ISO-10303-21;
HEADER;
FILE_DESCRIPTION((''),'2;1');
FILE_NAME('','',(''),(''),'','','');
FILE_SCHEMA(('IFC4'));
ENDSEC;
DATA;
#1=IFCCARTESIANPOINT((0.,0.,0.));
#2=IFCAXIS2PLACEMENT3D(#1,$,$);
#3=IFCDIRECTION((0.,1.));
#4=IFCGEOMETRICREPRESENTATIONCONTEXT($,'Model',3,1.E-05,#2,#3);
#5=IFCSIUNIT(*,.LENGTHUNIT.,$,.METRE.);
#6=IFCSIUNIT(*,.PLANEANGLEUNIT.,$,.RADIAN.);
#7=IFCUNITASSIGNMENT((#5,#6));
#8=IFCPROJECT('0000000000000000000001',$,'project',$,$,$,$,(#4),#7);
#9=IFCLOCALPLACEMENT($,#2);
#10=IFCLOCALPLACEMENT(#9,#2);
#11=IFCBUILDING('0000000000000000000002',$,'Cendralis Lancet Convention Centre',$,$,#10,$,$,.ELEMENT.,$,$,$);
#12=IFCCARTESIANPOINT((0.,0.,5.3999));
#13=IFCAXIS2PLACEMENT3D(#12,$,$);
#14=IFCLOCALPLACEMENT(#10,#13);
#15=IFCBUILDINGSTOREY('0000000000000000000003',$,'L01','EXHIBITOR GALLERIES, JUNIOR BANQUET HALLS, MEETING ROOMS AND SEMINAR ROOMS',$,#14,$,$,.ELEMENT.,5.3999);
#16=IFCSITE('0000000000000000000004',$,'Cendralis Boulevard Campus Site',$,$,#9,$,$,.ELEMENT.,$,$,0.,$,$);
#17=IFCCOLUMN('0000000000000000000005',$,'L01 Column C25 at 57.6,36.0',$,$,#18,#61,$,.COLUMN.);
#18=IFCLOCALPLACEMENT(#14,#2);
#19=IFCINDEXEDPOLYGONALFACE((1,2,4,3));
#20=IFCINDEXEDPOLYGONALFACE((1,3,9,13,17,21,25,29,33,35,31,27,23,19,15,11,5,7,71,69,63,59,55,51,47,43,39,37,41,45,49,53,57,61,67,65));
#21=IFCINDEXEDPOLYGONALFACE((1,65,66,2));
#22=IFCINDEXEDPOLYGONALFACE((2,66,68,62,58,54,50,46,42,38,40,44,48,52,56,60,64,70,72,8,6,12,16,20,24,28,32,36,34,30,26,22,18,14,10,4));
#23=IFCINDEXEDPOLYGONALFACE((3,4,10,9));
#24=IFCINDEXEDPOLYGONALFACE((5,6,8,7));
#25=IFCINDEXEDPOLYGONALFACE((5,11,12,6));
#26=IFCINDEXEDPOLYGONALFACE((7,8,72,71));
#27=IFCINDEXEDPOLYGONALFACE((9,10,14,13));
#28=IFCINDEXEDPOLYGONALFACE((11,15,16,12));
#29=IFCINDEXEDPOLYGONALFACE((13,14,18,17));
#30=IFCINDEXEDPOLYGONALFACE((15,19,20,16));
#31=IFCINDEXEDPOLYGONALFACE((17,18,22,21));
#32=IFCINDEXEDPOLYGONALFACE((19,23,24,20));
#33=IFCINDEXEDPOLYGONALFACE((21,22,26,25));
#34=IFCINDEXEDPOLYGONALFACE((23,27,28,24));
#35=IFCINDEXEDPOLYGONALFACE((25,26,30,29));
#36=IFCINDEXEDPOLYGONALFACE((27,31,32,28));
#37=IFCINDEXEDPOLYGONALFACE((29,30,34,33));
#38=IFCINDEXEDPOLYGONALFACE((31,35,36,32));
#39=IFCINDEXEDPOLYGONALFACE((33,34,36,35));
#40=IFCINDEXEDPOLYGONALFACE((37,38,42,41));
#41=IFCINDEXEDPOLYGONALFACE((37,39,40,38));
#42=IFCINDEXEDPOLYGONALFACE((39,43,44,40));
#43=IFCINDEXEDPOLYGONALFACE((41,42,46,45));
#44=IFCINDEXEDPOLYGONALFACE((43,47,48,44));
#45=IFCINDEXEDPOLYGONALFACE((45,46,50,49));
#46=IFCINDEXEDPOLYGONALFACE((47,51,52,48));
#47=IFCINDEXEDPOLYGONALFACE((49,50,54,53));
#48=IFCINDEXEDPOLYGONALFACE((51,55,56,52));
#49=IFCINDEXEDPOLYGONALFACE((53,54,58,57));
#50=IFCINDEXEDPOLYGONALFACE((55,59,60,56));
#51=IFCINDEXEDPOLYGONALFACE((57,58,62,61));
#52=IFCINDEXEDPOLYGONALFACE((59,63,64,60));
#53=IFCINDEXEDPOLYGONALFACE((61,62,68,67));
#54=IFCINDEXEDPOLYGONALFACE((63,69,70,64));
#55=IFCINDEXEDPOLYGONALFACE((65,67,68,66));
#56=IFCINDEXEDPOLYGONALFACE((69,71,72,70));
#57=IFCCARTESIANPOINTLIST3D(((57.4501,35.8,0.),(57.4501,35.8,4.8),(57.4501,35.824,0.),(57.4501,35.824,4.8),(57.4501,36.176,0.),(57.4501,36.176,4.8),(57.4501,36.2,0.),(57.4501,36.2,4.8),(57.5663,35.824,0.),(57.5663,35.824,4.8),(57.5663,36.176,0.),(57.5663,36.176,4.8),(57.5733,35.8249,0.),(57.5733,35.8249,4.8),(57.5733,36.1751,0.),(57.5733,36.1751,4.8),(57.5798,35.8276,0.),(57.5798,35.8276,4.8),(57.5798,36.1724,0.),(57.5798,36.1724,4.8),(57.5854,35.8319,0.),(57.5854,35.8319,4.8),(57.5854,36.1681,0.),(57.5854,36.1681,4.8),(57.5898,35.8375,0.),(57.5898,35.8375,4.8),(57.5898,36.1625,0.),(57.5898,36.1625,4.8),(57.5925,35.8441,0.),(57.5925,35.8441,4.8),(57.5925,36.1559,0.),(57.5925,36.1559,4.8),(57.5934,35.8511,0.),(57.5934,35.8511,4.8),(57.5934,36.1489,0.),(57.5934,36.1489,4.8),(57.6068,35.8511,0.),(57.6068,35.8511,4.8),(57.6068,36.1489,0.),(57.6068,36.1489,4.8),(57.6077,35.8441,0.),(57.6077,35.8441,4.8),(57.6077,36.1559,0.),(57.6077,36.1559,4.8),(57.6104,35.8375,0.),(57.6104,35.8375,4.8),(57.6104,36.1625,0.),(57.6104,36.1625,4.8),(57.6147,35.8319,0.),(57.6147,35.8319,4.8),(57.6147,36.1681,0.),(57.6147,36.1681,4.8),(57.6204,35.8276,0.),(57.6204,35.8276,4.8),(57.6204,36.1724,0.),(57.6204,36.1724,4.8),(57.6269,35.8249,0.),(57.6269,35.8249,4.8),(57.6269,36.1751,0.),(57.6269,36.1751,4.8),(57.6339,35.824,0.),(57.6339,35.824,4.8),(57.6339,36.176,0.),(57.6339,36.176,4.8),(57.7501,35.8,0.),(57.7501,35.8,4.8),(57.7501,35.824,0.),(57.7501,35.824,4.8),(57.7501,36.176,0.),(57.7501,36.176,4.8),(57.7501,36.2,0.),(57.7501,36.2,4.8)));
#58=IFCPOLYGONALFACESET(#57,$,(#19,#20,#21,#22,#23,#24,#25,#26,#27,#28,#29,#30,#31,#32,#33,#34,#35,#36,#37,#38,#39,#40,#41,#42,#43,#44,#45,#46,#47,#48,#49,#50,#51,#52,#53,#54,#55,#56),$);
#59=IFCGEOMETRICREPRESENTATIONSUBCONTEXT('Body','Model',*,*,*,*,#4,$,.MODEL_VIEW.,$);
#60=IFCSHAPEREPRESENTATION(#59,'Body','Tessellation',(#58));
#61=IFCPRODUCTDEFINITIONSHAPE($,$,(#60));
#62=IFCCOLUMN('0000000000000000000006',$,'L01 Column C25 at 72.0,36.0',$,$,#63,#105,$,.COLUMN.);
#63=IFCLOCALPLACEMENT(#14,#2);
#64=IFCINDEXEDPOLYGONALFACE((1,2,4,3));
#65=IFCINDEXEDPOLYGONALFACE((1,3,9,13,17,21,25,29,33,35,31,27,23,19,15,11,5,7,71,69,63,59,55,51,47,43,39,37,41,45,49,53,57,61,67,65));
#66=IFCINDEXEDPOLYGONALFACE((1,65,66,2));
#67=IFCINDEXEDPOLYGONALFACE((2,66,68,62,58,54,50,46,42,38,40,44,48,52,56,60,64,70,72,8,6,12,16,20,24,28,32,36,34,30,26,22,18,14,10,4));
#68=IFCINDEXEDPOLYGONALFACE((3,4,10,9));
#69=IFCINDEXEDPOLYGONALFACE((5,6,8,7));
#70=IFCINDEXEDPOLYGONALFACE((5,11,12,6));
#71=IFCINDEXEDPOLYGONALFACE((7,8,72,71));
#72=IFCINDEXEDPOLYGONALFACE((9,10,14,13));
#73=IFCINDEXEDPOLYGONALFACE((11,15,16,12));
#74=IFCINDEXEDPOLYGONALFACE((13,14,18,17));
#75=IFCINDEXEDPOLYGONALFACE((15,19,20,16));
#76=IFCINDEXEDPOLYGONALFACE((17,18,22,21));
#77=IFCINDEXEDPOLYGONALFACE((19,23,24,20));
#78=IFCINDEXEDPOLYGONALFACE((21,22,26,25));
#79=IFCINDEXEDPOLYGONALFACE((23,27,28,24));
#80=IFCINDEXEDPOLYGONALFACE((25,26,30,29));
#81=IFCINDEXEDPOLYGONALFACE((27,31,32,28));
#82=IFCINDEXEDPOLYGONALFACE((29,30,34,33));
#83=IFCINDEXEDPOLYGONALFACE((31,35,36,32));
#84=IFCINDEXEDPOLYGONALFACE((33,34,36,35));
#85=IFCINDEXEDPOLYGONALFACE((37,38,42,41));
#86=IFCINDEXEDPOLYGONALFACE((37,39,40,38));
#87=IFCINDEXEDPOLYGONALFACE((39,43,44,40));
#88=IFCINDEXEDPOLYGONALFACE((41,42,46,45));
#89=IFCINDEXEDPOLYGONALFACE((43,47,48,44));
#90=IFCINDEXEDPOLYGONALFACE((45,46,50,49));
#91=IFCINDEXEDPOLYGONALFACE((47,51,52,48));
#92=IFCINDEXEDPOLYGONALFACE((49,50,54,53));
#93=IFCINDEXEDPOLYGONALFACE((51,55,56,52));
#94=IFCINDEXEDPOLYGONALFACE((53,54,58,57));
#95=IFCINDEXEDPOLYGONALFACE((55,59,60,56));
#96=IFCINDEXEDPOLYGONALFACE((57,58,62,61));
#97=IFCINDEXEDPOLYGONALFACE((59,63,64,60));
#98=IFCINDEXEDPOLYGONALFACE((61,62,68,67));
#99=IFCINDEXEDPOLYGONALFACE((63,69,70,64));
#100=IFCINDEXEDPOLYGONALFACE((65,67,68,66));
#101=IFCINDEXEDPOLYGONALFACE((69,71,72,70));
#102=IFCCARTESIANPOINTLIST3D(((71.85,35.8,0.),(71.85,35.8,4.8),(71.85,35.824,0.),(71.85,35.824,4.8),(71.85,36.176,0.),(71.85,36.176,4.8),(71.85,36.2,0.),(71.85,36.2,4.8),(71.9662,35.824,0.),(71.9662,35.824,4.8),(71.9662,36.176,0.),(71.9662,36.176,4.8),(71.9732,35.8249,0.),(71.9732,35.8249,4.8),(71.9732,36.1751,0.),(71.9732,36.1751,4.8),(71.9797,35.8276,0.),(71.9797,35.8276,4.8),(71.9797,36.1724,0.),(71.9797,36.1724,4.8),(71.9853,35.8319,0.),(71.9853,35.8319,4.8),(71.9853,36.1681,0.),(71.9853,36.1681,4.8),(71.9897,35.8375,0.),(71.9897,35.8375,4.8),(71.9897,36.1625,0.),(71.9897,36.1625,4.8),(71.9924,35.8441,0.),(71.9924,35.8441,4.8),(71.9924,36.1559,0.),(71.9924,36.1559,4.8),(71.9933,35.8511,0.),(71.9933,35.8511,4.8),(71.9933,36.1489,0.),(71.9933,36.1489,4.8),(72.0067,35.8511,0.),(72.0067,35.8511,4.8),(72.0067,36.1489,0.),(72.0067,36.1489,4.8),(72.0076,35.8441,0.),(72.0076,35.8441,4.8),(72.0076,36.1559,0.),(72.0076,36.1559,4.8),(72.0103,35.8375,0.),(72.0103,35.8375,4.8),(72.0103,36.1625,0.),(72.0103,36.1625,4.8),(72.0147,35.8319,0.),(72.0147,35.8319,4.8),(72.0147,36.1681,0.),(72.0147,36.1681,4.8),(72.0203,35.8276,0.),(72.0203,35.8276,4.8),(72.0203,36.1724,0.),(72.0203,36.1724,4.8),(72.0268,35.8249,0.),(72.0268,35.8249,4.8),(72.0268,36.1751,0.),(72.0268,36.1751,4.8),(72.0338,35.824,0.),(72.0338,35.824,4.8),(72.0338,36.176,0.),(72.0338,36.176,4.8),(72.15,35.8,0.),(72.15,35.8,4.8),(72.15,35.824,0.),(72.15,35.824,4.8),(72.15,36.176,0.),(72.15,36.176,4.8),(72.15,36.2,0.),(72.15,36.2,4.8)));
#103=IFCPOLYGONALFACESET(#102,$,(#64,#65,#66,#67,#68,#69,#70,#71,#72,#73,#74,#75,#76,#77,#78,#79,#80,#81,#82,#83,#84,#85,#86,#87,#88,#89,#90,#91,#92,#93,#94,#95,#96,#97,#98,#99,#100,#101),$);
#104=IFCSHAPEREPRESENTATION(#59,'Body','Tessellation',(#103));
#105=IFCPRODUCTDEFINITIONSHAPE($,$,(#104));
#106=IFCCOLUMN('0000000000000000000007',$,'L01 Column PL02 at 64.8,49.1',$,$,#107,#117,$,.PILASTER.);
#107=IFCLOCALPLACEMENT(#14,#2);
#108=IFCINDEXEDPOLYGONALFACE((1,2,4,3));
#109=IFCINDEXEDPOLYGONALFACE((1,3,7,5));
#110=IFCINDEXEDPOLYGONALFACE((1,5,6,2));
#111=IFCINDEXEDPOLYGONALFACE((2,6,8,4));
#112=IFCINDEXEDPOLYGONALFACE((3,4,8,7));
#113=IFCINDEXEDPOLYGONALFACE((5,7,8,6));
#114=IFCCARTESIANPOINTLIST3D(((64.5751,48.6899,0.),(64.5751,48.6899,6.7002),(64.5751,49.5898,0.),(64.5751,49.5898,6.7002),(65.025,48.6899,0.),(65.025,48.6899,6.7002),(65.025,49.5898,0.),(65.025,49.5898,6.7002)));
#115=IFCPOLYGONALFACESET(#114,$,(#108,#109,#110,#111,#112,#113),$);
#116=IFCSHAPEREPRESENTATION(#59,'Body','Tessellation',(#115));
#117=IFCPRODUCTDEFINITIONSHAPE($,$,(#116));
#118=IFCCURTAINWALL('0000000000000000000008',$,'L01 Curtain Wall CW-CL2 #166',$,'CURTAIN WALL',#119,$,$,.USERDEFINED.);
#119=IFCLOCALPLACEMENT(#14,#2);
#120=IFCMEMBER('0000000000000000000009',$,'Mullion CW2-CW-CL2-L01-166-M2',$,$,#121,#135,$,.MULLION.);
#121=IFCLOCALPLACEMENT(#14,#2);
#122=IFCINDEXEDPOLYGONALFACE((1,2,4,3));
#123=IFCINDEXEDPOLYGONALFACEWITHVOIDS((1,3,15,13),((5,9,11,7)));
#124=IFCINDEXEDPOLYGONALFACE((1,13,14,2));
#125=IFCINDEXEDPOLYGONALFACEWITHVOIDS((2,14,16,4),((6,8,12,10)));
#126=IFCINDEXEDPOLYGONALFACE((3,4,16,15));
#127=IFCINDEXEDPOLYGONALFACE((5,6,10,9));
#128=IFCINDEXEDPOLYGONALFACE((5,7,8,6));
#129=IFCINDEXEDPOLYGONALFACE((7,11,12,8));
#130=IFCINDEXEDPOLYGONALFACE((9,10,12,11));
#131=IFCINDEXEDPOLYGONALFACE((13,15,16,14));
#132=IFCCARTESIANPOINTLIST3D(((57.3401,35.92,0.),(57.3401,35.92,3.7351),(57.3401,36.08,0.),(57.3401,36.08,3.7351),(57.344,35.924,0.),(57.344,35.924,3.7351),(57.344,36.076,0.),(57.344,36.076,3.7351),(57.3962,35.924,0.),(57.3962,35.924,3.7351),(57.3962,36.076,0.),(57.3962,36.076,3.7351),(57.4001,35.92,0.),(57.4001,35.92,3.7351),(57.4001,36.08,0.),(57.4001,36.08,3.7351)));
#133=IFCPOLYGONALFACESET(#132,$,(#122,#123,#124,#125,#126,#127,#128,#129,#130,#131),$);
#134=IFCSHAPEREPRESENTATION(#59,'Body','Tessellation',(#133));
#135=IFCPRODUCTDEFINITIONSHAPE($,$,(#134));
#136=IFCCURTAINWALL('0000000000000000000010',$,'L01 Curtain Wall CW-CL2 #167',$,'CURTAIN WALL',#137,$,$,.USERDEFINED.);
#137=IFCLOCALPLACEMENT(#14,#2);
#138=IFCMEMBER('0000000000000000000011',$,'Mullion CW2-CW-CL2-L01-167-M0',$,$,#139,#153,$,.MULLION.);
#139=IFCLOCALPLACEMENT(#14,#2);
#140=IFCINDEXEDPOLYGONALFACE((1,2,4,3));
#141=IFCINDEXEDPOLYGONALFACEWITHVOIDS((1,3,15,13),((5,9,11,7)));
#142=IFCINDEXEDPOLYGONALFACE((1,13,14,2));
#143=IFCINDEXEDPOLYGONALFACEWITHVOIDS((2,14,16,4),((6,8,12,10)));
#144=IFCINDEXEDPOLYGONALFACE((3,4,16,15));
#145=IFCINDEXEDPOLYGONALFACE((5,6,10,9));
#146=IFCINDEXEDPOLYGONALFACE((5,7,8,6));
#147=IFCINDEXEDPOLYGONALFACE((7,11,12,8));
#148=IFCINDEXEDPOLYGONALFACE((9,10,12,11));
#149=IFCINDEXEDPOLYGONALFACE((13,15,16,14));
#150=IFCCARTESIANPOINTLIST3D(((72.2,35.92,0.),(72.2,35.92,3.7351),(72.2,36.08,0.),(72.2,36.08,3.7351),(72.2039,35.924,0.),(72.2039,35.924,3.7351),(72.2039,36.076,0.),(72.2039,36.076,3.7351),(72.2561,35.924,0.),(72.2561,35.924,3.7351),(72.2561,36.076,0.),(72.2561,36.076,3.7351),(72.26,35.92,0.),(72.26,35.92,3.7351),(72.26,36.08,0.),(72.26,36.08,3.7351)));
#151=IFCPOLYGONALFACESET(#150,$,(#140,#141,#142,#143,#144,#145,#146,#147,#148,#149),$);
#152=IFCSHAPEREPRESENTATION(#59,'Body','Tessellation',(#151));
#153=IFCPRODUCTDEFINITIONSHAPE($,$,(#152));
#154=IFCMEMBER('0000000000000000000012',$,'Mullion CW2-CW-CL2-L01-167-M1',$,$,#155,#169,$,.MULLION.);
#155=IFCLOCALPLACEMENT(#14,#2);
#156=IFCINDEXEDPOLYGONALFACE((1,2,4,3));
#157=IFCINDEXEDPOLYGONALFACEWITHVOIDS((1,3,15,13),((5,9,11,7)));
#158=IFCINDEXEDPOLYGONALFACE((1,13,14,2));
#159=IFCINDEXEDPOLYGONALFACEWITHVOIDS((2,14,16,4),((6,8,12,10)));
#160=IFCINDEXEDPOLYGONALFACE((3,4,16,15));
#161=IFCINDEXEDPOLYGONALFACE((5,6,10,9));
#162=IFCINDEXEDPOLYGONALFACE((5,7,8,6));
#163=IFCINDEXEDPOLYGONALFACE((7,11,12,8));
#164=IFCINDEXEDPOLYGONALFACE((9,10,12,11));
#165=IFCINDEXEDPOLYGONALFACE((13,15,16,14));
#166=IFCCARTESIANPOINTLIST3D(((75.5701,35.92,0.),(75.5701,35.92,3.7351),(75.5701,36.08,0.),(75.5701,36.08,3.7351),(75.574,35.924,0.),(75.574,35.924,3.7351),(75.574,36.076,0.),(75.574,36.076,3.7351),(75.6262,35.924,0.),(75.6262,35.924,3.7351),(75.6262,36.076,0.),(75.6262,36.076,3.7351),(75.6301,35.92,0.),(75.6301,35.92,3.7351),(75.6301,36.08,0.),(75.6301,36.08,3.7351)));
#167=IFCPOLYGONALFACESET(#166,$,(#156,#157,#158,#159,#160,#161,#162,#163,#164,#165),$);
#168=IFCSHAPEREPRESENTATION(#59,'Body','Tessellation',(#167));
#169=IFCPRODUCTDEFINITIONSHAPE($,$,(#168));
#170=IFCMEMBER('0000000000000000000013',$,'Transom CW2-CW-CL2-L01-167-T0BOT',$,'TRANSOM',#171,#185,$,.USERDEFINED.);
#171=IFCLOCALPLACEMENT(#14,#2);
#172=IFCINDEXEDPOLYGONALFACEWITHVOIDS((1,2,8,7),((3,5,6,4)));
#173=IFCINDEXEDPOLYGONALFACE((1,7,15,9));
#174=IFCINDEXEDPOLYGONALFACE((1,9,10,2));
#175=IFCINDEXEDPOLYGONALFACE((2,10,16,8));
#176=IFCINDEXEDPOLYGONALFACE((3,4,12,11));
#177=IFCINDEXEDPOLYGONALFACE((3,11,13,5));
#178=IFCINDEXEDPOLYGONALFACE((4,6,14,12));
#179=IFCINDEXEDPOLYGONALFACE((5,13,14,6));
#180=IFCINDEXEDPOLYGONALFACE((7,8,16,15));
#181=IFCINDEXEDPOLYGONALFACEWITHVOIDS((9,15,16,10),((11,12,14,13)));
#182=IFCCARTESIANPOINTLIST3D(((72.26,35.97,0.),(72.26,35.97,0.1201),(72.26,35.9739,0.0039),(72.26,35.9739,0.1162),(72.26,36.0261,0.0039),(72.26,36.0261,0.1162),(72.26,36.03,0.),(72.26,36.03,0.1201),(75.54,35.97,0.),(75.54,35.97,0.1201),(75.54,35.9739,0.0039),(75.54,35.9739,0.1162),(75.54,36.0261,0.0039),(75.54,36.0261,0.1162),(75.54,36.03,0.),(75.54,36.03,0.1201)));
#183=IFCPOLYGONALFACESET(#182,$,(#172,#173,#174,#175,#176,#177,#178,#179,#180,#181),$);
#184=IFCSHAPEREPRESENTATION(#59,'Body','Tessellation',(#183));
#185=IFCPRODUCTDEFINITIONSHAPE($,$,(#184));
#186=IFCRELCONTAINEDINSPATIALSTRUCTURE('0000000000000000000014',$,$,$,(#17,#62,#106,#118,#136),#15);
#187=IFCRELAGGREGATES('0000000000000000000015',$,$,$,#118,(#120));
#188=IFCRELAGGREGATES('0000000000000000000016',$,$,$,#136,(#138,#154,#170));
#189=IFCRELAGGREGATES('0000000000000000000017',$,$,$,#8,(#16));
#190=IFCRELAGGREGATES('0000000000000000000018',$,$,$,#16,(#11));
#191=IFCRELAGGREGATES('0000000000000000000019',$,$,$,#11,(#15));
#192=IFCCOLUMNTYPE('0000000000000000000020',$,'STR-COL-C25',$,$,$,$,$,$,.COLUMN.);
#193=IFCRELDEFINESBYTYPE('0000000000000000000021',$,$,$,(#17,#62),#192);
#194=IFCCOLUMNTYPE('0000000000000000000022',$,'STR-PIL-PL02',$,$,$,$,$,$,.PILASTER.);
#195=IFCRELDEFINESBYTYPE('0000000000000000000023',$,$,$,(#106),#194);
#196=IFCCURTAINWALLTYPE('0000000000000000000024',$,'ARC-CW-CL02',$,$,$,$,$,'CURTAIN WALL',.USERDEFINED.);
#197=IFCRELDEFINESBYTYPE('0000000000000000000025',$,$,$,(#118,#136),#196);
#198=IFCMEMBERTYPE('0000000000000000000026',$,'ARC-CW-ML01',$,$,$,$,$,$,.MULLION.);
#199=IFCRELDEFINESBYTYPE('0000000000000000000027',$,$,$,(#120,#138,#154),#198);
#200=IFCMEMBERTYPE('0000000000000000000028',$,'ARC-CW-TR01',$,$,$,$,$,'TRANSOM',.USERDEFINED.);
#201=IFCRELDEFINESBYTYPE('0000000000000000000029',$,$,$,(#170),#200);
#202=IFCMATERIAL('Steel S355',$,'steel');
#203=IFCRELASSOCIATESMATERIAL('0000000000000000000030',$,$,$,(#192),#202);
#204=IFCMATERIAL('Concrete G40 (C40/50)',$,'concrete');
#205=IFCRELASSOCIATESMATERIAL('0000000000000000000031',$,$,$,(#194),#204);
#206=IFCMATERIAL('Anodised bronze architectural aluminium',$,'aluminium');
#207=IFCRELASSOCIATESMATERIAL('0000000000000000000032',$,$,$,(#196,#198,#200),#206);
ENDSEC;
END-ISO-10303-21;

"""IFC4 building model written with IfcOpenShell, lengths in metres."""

from ifc_helpers import new_model, si_unit, direction, frame, origin, origin_2d, place, context, subcontext, project, spatial, rectangle, hollow_rectangle, i_section, extrude, material, material_profile, profile_set, type_object, element, aggregate, save


model = new_model("IFC4")

# Units and contexts
model_context = context("Model", 3, precision=1e-05, world=origin(), true_north=direction((0.0, 1.0)))
body_context = subcontext(model_context, "Body", "Model", "MODEL_VIEW")
ifc_project = project(units=[si_unit("LENGTHUNIT", "METRE"), si_unit("PLANEANGLEUNIT", "RADIAN")], contexts=[model_context])

# Site, building, storey
site_placement = place(None, origin())
site = spatial("IfcSite", under=ifc_project, at=site_placement, Name="Cendralis Boulevard Campus Site", CompositionType="ELEMENT", RefElevation=0.0)
building_placement = place(site_placement, origin())
building = spatial("IfcBuilding", under=site, at=building_placement, Name="Cendralis Lancet Convention Centre", CompositionType="ELEMENT")
storey_placement = place(building_placement, frame((0.0, 0.0, 5.3999)))
storey = spatial("IfcBuildingStorey", under=building, at=storey_placement, Name="L01", Description="EXHIBITOR GALLERIES, JUNIOR BANQUET HALLS, MEETING ROOMS AND SEMINAR ROOMS", CompositionType="ELEMENT", Elevation=5.3999)

# Columns
ifc_material_1 = material(Name="Steel S355", Category="steel")
ifc_material_profile_1 = material_profile(ifc_material_1, i_section(OverallWidth=0.3, OverallDepth=0.3999, WebThickness=0.0134, FlangeThickness=0.0239, FilletRadius=0.0271, at=origin_2d()), Name="HEB 400")
ifc_profile_set_1 = profile_set([ifc_material_profile_1], Name="Steel S355")
column_type_1 = type_object("IfcColumnType", Name="STR-COL-C25", PredefinedType="COLUMN", material=ifc_profile_set_1)
for number, where, z_axis, x_axis, name in (
    (1, (57.6001, 36.0, 0.0), (0.0, 0.0, 1.0), (1.0, 0.0, 0.0), "L01 Column C25 at 57.6,36.0"),
    (2, (72.0, 36.0, 0.0), (0.0, 0.0, 1.0), (1.0, 0.0, 0.0), "L01 Column C25 at 72.0,36.0"),
):
    element("IfcColumn", number, at=place(storey_placement, frame(where, z_axis=z_axis, x_axis=x_axis)), inside=storey, type_object=column_type_1, Name=name, PredefinedType="COLUMN", context=body_context, shape_type="SweptSolid", body=[
        extrude(i_section(OverallWidth=0.3, OverallDepth=0.3999, WebThickness=0.0134, FlangeThickness=0.0239, FilletRadius=0.0271, at=origin_2d()), origin(), (0.0, 0.0, 1.0), 4.8),
    ])
ifc_material_2 = material(Name="Concrete G40 (C40/50)", Category="concrete")
ifc_material_profile_2 = material_profile(ifc_material_2, rectangle(XDim=0.45, YDim=0.8999, at=origin_2d()), Name="RC 450x900")
ifc_profile_set_2 = profile_set([ifc_material_profile_2], Name="Concrete G40 (C40/50)")
column_type_2 = type_object("IfcColumnType", Name="STR-PIL-PL02", PredefinedType="PILASTER", material=ifc_profile_set_2)
column_placement = place(storey_placement, frame((64.8, 49.1399, 0.0), z_axis=(0.0, 0.0, 1.0), x_axis=(1.0, 0.0, 0.0)))
element("IfcColumn", 3, at=column_placement, inside=storey, type_object=column_type_2, Name="L01 Column PL02 at 64.8,49.1", PredefinedType="PILASTER", context=body_context, shape_type="SweptSolid", body=[
    extrude(rectangle(XDim=0.45, YDim=0.8999, at=origin_2d()), origin(), (0.0, 0.0, 1.0), 6.7002),
])

# Curtain wall, member
ifc_material_3 = material(Name="Anodised bronze architectural aluminium", Category="aluminium")
curtain_wall_type = type_object("IfcCurtainWallType", Name="ARC-CW-CL02", ElementType="CURTAIN WALL", PredefinedType="USERDEFINED", material=ifc_material_3)
curtain_wall_1_placement = place(storey_placement, origin())
curtain_wall_1 = element("IfcCurtainWall", 4, at=curtain_wall_1_placement, inside=storey, type_object=curtain_wall_type, Name="L01 Curtain Wall CW-CL2 #166", ObjectType="CURTAIN WALL", PredefinedType="USERDEFINED")
ifc_material_profile_3 = material_profile(ifc_material_3, hollow_rectangle(XDim=0.0601, YDim=0.1599, WallThickness=0.0039, at=origin_2d()), Name="AL-MULL 60x160x4.0")
ifc_profile_set_3 = profile_set([ifc_material_profile_3], Name="Anodised bronze architectural aluminium")
member_type_1 = type_object("IfcMemberType", Name="ARC-CW-ML01", PredefinedType="MULLION", material=ifc_profile_set_3)
member_1_placement = place(storey_placement, frame((57.3701, 36.0, 0.0), z_axis=(0.0, 0.0, 1.0), x_axis=(1.0, 0.0, 0.0)))
member_1 = element("IfcMember", 5, at=member_1_placement, type_object=member_type_1, Name="Mullion CW2-CW-CL2-L01-166-M2", PredefinedType="MULLION", context=body_context, shape_type="SweptSolid", body=[
    extrude(hollow_rectangle(XDim=0.0601, YDim=0.1599, WallThickness=0.0039, at=origin_2d()), origin(), (0.0, 0.0, 1.0), 3.7351),
])

# Curtain wall, members
curtain_wall_2_placement = place(storey_placement, origin())
curtain_wall_2 = element("IfcCurtainWall", 6, at=curtain_wall_2_placement, inside=storey, type_object=curtain_wall_type, Name="L01 Curtain Wall CW-CL2 #167", ObjectType="CURTAIN WALL", PredefinedType="USERDEFINED")
member_2_placement = place(storey_placement, frame((72.23, 36.0, 0.0), z_axis=(0.0, 0.0, 1.0), x_axis=(1.0, 0.0, 0.0)))
member_2 = element("IfcMember", 7, at=member_2_placement, type_object=member_type_1, Name="Mullion CW2-CW-CL2-L01-167-M0", PredefinedType="MULLION", context=body_context, shape_type="SweptSolid", body=[
    extrude(hollow_rectangle(XDim=0.0601, YDim=0.1599, WallThickness=0.0039, at=origin_2d()), origin(), (0.0, 0.0, 1.0), 3.7351),
])
member_3_placement = place(storey_placement, frame((75.6001, 36.0, 0.0), z_axis=(0.0, 0.0, 1.0), x_axis=(1.0, 0.0, 0.0)))
member_3 = element("IfcMember", 8, at=member_3_placement, type_object=member_type_1, Name="Mullion CW2-CW-CL2-L01-167-M1", PredefinedType="MULLION", context=body_context, shape_type="SweptSolid", body=[
    extrude(hollow_rectangle(XDim=0.0601, YDim=0.1599, WallThickness=0.0039, at=origin_2d()), origin(), (0.0, 0.0, 1.0), 3.7351),
])
ifc_material_profile_4 = material_profile(ifc_material_3, hollow_rectangle(XDim=0.0601, YDim=0.1201, WallThickness=0.0039, at=origin_2d()), Name="AL-TRAN 60x120x4.0")
ifc_profile_set_4 = profile_set([ifc_material_profile_4], Name="Anodised bronze architectural aluminium")
member_type_2 = type_object("IfcMemberType", Name="ARC-CW-TR01", ElementType="TRANSOM", PredefinedType="USERDEFINED", material=ifc_profile_set_4)
member_4_placement = place(storey_placement, frame((72.26, 36.0, 0.0601), z_axis=(1.0, 0.0, 0.0), x_axis=(0.0, 1.0, 0.0)))
member_4 = element("IfcMember", 9, at=member_4_placement, type_object=member_type_2, Name="Transom CW2-CW-CL2-L01-167-T0BOT", ObjectType="TRANSOM", PredefinedType="USERDEFINED", context=body_context, shape_type="SweptSolid", body=[
    extrude(hollow_rectangle(XDim=0.0601, YDim=0.1201, WallThickness=0.0039, at=origin_2d()), origin(), (0.0, 0.0, 1.0), 3.28),
])

aggregate(curtain_wall_1, [member_1])
aggregate(curtain_wall_2, [member_2, member_3, member_4])

save(model, "model.ifc")
